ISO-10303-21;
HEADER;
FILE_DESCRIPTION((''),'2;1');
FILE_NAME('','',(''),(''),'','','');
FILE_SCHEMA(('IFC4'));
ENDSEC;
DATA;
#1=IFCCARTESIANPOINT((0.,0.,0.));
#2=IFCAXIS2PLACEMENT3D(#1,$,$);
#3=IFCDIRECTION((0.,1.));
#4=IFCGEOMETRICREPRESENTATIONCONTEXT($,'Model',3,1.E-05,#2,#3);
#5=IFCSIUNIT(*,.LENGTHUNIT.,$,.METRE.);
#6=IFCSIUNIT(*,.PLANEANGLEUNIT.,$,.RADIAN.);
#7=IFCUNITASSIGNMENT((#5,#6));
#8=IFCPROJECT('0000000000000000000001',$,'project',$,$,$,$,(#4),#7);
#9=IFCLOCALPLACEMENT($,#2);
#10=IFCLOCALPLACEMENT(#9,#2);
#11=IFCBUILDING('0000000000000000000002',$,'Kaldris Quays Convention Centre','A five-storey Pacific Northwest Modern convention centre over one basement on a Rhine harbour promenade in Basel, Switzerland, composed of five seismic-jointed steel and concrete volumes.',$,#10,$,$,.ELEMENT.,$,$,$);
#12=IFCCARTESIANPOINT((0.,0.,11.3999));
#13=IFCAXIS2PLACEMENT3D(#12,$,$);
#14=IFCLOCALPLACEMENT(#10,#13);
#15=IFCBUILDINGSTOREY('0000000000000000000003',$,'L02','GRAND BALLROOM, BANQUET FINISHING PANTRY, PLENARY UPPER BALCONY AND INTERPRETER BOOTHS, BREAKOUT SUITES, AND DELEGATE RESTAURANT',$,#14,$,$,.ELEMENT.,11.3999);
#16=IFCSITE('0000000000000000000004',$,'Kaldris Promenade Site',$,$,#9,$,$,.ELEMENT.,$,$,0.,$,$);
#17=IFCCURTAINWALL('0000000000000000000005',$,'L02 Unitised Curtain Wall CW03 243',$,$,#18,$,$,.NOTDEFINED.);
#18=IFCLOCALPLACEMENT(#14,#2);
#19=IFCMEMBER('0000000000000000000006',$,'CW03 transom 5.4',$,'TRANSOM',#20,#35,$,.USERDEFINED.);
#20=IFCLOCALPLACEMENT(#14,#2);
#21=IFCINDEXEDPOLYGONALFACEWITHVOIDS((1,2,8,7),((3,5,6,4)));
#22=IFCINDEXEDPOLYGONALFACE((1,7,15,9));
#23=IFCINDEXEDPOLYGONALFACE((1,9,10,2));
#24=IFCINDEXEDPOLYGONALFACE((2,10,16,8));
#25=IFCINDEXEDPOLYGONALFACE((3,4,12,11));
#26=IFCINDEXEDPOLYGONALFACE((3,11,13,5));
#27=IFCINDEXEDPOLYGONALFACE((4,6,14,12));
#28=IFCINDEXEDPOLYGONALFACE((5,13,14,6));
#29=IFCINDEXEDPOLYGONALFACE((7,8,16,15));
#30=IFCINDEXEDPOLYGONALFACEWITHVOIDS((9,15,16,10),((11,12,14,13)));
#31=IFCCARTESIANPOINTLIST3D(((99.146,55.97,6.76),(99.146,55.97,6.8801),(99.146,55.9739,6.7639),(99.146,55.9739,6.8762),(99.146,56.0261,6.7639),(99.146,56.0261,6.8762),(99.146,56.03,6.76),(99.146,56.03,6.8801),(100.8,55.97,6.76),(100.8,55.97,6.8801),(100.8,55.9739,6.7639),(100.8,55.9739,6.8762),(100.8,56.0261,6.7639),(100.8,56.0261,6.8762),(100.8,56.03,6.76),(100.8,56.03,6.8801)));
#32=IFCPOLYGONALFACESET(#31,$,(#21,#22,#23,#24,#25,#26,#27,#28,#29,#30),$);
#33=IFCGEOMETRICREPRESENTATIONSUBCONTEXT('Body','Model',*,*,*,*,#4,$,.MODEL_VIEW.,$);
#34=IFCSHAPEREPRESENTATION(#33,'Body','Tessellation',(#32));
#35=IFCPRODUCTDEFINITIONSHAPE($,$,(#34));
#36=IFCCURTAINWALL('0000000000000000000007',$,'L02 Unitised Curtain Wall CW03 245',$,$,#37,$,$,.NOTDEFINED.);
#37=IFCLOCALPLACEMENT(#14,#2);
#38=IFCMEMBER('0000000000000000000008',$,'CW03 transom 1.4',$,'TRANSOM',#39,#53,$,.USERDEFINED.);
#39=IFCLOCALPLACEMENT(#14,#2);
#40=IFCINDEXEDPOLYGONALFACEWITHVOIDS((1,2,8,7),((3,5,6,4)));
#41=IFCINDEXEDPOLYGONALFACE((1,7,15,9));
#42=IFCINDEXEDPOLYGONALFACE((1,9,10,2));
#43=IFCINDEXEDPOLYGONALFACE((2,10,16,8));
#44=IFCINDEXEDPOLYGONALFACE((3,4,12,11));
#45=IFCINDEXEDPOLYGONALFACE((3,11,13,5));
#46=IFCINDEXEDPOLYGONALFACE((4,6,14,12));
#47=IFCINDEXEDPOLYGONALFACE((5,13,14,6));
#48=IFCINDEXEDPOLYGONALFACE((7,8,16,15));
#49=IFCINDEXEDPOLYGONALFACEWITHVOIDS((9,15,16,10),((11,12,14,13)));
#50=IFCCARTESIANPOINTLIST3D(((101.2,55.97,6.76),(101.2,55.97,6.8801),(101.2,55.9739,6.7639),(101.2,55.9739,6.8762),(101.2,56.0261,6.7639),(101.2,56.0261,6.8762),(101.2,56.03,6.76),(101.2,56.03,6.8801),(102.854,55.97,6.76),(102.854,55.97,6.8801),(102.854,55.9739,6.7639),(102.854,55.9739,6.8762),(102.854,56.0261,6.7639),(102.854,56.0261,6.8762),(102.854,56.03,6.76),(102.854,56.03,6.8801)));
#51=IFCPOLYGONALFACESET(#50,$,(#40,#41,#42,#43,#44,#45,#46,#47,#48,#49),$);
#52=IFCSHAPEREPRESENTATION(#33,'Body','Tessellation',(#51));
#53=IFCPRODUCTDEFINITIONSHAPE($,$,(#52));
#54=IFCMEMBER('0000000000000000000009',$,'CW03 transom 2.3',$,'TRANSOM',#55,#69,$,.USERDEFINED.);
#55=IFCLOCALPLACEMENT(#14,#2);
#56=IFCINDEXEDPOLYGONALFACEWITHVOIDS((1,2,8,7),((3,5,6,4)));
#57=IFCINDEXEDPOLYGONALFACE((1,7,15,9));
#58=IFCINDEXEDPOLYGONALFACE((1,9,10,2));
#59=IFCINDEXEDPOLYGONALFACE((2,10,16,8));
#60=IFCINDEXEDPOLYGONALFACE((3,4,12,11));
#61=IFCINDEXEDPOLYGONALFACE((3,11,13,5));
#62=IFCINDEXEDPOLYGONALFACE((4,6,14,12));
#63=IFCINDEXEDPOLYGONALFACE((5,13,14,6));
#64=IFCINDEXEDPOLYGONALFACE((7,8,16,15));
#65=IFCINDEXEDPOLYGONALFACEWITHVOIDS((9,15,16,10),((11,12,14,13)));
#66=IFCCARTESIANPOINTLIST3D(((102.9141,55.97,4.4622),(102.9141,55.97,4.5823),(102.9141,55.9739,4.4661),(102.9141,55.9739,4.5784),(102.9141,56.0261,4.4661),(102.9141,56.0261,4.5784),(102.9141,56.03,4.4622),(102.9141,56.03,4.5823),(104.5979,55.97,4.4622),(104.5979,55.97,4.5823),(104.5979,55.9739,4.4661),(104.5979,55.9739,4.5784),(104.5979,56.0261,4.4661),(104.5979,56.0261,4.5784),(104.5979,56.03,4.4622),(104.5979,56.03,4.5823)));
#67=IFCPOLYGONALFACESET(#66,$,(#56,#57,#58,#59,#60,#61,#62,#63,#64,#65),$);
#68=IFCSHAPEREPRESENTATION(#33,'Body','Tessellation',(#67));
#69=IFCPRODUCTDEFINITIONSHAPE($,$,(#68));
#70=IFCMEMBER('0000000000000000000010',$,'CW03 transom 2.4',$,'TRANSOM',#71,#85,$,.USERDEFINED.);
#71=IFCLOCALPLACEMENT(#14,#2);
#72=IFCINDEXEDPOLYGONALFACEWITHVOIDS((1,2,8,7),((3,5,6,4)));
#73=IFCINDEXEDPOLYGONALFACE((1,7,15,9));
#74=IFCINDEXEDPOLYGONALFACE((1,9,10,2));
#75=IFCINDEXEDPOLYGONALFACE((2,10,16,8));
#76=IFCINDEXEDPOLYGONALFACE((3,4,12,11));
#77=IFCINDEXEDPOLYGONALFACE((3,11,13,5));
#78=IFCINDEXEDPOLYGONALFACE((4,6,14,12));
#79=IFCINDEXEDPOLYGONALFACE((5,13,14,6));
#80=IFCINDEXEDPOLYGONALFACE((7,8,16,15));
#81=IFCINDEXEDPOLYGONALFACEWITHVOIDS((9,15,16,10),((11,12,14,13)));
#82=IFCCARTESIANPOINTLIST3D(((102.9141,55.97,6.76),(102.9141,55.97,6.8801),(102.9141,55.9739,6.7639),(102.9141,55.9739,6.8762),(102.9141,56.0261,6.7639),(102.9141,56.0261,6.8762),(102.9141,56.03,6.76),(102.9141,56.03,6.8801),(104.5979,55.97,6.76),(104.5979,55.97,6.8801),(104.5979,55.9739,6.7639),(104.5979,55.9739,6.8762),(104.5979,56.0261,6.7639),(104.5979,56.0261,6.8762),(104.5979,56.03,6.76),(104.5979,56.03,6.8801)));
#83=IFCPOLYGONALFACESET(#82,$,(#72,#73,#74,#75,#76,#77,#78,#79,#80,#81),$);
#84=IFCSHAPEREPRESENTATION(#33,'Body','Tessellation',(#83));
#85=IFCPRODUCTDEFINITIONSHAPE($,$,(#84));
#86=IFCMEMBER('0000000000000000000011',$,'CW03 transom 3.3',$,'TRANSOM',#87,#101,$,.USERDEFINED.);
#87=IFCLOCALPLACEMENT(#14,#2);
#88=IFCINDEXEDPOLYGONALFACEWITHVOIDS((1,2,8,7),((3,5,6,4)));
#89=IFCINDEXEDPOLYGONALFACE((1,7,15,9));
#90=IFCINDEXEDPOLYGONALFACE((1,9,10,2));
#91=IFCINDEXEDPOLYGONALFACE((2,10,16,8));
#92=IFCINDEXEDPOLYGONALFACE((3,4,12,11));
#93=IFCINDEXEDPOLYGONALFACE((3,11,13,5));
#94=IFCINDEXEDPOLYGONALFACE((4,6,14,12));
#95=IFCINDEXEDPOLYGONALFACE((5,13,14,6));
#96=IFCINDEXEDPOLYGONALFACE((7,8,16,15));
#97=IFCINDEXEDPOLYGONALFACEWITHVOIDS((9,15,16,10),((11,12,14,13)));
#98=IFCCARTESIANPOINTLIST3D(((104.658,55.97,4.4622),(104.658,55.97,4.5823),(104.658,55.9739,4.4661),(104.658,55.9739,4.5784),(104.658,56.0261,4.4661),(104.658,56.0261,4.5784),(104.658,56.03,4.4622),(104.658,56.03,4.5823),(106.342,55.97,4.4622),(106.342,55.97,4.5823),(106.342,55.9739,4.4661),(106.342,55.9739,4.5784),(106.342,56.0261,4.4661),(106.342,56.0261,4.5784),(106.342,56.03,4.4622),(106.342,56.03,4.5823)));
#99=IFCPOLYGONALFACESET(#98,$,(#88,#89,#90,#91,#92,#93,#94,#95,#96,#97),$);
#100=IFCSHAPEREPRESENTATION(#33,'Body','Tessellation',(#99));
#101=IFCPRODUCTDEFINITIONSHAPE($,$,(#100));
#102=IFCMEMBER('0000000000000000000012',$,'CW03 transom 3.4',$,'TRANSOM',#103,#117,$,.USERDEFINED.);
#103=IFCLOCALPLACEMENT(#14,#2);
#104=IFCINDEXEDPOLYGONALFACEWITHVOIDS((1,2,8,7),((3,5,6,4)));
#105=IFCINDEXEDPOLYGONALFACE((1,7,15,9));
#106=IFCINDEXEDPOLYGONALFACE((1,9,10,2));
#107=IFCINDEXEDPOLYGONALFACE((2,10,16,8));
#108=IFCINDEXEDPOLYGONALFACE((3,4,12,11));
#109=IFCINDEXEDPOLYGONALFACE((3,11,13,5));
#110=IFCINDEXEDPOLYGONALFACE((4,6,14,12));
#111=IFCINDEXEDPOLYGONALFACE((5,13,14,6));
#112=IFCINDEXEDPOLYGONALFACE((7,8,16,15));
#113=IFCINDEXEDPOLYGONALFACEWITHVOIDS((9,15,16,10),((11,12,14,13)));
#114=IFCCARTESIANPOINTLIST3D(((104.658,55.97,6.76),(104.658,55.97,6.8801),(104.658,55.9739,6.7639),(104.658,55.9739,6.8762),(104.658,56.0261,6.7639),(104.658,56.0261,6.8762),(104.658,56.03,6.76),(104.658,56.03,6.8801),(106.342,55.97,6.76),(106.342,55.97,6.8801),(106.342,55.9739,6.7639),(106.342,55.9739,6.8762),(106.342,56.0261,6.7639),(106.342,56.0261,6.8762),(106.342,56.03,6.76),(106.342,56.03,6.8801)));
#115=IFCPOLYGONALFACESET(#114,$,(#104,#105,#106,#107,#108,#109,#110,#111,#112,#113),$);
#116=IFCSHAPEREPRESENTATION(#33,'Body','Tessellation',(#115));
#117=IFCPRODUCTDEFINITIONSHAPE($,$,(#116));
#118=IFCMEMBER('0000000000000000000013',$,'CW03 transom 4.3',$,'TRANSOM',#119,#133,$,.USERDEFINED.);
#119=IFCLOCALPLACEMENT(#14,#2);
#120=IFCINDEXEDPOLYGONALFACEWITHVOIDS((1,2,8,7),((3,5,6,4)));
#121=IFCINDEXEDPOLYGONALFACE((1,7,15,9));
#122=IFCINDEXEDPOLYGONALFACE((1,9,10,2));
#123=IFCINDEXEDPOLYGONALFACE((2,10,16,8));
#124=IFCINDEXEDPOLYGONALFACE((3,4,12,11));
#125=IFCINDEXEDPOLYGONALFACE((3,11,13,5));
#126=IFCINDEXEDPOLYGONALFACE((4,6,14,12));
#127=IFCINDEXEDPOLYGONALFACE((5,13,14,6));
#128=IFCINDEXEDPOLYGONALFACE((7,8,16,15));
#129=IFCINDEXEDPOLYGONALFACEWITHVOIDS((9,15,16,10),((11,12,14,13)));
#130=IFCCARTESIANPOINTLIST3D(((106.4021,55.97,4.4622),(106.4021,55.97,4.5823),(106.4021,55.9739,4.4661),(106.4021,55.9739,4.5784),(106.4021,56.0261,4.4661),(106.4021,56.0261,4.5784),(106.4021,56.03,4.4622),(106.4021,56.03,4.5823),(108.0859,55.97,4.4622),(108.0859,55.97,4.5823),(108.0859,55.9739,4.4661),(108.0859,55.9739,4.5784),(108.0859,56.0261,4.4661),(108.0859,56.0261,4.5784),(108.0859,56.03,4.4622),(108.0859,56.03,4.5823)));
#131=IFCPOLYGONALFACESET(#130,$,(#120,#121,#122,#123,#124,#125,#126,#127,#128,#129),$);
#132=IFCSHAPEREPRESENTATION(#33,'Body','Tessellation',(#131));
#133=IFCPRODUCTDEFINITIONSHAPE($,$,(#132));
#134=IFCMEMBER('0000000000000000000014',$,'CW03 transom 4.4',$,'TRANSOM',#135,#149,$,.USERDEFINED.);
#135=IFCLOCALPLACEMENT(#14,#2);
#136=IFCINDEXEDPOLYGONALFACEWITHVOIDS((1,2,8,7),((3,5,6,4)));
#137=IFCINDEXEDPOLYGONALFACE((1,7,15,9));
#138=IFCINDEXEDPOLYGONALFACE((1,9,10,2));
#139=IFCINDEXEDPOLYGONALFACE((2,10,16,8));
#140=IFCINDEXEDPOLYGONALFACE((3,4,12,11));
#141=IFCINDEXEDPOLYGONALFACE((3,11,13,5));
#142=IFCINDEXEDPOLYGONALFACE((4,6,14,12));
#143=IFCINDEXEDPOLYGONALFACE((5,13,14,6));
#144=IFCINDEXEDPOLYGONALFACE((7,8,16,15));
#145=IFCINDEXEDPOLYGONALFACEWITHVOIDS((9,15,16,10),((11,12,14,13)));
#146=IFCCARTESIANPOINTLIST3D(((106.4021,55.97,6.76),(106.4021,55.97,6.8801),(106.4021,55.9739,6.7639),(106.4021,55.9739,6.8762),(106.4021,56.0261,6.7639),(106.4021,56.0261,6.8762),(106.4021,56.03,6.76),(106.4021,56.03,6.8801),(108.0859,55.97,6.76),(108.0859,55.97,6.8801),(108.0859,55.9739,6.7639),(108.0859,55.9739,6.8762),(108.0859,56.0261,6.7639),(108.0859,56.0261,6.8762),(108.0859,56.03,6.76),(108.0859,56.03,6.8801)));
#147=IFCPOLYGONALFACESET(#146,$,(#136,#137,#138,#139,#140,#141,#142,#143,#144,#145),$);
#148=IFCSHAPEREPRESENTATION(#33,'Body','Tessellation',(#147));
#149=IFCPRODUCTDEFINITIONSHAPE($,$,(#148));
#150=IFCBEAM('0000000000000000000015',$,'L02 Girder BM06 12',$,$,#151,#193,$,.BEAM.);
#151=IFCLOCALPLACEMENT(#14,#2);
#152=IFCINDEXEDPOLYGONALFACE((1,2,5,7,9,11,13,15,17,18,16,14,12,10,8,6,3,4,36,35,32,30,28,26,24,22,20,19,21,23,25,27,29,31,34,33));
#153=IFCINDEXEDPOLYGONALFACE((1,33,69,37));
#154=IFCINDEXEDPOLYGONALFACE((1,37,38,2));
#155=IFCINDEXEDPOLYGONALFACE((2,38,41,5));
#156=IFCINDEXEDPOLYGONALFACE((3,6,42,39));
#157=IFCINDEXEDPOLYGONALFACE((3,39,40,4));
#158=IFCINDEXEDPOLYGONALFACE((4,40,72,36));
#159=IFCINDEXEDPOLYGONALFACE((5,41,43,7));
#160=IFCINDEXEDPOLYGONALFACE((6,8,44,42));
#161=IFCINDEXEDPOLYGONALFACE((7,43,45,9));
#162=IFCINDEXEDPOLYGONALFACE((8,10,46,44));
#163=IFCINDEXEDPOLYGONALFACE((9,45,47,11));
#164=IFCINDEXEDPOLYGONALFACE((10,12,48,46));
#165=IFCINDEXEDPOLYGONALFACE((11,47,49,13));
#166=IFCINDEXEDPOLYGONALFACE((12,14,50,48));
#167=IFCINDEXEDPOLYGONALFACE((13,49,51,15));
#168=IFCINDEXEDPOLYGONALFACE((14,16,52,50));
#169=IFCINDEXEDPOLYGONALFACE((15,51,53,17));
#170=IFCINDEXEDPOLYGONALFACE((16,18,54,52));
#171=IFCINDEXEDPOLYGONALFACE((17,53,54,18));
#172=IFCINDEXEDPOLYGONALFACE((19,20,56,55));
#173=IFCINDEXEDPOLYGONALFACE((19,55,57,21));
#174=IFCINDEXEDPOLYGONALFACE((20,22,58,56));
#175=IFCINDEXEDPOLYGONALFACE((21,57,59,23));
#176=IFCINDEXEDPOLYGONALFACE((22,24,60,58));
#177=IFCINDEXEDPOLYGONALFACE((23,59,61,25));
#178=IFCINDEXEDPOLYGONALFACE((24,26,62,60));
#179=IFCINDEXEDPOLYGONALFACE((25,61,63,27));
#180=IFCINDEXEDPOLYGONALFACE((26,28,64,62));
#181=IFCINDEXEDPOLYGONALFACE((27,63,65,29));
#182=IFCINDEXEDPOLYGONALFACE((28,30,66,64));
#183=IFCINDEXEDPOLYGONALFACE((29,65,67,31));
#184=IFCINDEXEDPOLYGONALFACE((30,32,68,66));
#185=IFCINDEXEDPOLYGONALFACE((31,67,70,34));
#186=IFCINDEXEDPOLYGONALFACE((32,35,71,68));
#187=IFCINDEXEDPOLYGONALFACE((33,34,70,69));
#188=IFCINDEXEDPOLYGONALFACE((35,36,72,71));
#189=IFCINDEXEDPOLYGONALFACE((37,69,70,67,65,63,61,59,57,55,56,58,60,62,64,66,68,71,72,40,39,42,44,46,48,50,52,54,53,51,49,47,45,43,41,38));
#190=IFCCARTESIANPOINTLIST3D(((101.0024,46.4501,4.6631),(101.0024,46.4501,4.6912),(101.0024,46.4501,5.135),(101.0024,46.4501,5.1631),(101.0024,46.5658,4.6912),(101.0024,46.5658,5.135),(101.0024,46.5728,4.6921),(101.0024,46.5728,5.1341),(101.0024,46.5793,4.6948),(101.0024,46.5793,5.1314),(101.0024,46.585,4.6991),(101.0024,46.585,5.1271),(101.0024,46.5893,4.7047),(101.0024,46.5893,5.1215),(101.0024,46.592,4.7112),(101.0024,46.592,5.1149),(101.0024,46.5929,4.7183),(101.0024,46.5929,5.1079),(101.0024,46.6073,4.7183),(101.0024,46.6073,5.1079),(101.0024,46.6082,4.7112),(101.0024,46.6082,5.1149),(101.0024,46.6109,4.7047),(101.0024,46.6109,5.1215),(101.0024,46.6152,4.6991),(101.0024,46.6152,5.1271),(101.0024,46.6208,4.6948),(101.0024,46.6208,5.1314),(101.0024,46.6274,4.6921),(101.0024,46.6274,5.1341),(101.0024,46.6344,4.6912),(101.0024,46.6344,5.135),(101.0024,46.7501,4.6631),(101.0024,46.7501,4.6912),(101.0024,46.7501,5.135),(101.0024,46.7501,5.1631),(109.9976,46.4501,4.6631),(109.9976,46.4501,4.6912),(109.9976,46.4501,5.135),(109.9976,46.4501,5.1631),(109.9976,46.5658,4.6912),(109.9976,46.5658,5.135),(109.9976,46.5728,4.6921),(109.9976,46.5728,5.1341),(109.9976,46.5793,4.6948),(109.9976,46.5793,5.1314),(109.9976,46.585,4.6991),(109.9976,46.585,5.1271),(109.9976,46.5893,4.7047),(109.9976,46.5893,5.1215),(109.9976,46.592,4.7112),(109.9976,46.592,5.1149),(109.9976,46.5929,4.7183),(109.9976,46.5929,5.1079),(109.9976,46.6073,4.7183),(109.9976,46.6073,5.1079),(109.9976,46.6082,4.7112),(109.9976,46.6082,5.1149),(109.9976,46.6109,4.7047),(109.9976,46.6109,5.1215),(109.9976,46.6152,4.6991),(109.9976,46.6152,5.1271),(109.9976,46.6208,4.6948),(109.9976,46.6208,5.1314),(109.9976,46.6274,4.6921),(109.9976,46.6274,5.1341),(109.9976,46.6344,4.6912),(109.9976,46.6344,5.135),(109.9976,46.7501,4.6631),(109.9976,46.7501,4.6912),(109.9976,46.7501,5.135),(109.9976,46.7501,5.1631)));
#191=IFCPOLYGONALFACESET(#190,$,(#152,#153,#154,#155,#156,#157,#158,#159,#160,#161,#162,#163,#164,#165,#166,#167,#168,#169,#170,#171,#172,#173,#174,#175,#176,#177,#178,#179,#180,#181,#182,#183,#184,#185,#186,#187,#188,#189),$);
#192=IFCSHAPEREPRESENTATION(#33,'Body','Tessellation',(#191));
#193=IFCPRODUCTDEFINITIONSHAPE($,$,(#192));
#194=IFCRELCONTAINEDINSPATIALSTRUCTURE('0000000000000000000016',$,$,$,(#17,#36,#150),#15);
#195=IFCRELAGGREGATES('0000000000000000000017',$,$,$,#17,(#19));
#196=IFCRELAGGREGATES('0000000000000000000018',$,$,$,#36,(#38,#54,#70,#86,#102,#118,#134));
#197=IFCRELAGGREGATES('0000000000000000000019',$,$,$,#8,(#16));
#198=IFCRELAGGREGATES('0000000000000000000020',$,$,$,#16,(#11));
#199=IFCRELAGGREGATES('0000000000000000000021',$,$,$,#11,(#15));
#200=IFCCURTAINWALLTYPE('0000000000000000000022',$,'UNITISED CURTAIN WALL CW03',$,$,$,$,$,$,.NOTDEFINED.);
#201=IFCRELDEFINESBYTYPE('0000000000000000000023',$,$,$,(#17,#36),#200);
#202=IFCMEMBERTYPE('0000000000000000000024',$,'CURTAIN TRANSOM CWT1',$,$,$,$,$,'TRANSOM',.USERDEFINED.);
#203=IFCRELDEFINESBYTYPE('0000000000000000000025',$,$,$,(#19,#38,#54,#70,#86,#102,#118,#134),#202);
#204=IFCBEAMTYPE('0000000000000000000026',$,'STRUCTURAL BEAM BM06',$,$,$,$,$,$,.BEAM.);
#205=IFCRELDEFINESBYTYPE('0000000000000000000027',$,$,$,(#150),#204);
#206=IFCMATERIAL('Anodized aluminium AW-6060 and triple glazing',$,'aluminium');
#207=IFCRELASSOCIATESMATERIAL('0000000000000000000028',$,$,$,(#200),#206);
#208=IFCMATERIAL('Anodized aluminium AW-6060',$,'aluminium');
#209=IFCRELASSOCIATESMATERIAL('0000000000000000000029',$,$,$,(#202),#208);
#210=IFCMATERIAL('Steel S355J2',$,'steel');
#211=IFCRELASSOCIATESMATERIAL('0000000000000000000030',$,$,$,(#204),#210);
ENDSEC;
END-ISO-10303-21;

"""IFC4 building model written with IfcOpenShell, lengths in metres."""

from ifc_helpers import new_model, si_unit, direction, frame, origin, origin_2d, place, context, subcontext, project, spatial, hollow_rectangle, i_section, extrude, material, material_profile, profile_set, type_object, element, aggregate, save


model = new_model("IFC4")

# Units and contexts
model_context = context("Model", 3, precision=1e-05, world=origin(), true_north=direction((0.0, 1.0)))
body_context = subcontext(model_context, "Body", "Model", "MODEL_VIEW")
ifc_project = project(units=[si_unit("LENGTHUNIT", "METRE"), si_unit("PLANEANGLEUNIT", "RADIAN")], contexts=[model_context])

# Site, building, storey
site_placement = place(None, origin())
site = spatial("IfcSite", under=ifc_project, at=site_placement, Name="Kaldris Promenade Site", CompositionType="ELEMENT", RefElevation=0.0)
building_placement = place(site_placement, origin())
building = spatial("IfcBuilding", under=site, at=building_placement, Name="Kaldris Quays Convention Centre", Description="A five-storey Pacific Northwest Modern convention centre over one basement on a Rhine harbour promenade in Basel, Switzerland, composed of five seismic-jointed steel and concrete volumes.", CompositionType="ELEMENT")
storey_placement = place(building_placement, frame((0.0, 0.0, 11.3999)))
storey = spatial("IfcBuildingStorey", under=building, at=storey_placement, Name="L02", Description="GRAND BALLROOM, BANQUET FINISHING PANTRY, PLENARY UPPER BALCONY AND INTERPRETER BOOTHS, BREAKOUT SUITES, AND DELEGATE RESTAURANT", CompositionType="ELEMENT", Elevation=11.3999)

# Curtain wall, member
ifc_material_1 = material(Name="Anodized aluminium AW-6060 and triple glazing", Category="aluminium")
curtain_wall_type = type_object("IfcCurtainWallType", Name="UNITISED CURTAIN WALL CW03", PredefinedType="NOTDEFINED", material=ifc_material_1)
curtain_wall_1_placement = place(storey_placement, origin())
curtain_wall_1 = element("IfcCurtainWall", 1, at=curtain_wall_1_placement, inside=storey, type_object=curtain_wall_type, Name="L02 Unitised Curtain Wall CW03 243", PredefinedType="NOTDEFINED")
ifc_material_2 = material(Name="Anodized aluminium AW-6060", Category="aluminium")
ifc_material_profile_1 = material_profile(ifc_material_2, hollow_rectangle(XDim=0.0601, YDim=0.1201, WallThickness=0.0039, at=origin_2d()), Name="RHS 120x60x4")
ifc_profile_set_1 = profile_set([ifc_material_profile_1], Name="Anodized aluminium AW-6060")
member_type_1 = type_object("IfcMemberType", Name="CURTAIN TRANSOM CWT1", ElementType="TRANSOM", PredefinedType="USERDEFINED", material=ifc_profile_set_1)
member_1_placement = place(storey_placement, frame((99.146, 56.0, 6.8201), z_axis=(1.0, 0.0, 0.0), x_axis=(0.0, 1.0, 0.0)))
member_1 = element("IfcMember", 2, at=member_1_placement, type_object=member_type_1, Name="CW03 transom 5.4", ObjectType="TRANSOM", PredefinedType="USERDEFINED", context=body_context, shape_type="SweptSolid", body=[
    extrude(hollow_rectangle(XDim=0.0601, YDim=0.1201, WallThickness=0.0039, at=origin_2d()), origin(), (0.0, 0.0, 1.0), 1.6541),
])

# Curtain wall, members
curtain_wall_2_placement = place(storey_placement, origin())
curtain_wall_2 = element("IfcCurtainWall", 3, at=curtain_wall_2_placement, inside=storey, type_object=curtain_wall_type, Name="L02 Unitised Curtain Wall CW03 245", PredefinedType="NOTDEFINED")
member_2_placement = place(storey_placement, frame((101.2, 56.0, 6.8201), z_axis=(1.0, 0.0, 0.0), x_axis=(0.0, 1.0, 0.0)))
member_2 = element("IfcMember", 4, at=member_2_placement, type_object=member_type_1, Name="CW03 transom 1.4", ObjectType="TRANSOM", PredefinedType="USERDEFINED", context=body_context, shape_type="SweptSolid", body=[
    extrude(hollow_rectangle(XDim=0.0601, YDim=0.1201, WallThickness=0.0039, at=origin_2d()), origin(), (0.0, 0.0, 1.0), 1.6541),
])
member_3_placement = place(storey_placement, frame((102.9141, 56.0, 4.5222), z_axis=(1.0, 0.0, 0.0), x_axis=(0.0, 1.0, 0.0)))
member_3 = element("IfcMember", 5, at=member_3_placement, type_object=member_type_1, Name="CW03 transom 2.3", ObjectType="TRANSOM", PredefinedType="USERDEFINED", context=body_context, shape_type="SweptSolid", body=[
    extrude(hollow_rectangle(XDim=0.0601, YDim=0.1201, WallThickness=0.0039, at=origin_2d()), origin(), (0.0, 0.0, 1.0), 1.6838),
])
member_4_placement = place(storey_placement, frame((102.9141, 56.0, 6.8201), z_axis=(1.0, 0.0, 0.0), x_axis=(0.0, 1.0, 0.0)))
member_4 = element("IfcMember", 6, at=member_4_placement, type_object=member_type_1, Name="CW03 transom 2.4", ObjectType="TRANSOM", PredefinedType="USERDEFINED", context=body_context, shape_type="SweptSolid", body=[
    extrude(hollow_rectangle(XDim=0.0601, YDim=0.1201, WallThickness=0.0039, at=origin_2d()), origin(), (0.0, 0.0, 1.0), 1.6838),
])
member_5_placement = place(storey_placement, frame((104.658, 56.0, 4.5222), z_axis=(1.0, 0.0, 0.0), x_axis=(0.0, 1.0, 0.0)))
member_5 = element("IfcMember", 7, at=member_5_placement, type_object=member_type_1, Name="CW03 transom 3.3", ObjectType="TRANSOM", PredefinedType="USERDEFINED", context=body_context, shape_type="SweptSolid", body=[
    extrude(hollow_rectangle(XDim=0.0601, YDim=0.1201, WallThickness=0.0039, at=origin_2d()), origin(), (0.0, 0.0, 1.0), 1.6841),
])
member_6_placement = place(storey_placement, frame((104.658, 56.0, 6.8201), z_axis=(1.0, 0.0, 0.0), x_axis=(0.0, 1.0, 0.0)))
member_6 = element("IfcMember", 8, at=member_6_placement, type_object=member_type_1, Name="CW03 transom 3.4", ObjectType="TRANSOM", PredefinedType="USERDEFINED", context=body_context, shape_type="SweptSolid", body=[
    extrude(hollow_rectangle(XDim=0.0601, YDim=0.1201, WallThickness=0.0039, at=origin_2d()), origin(), (0.0, 0.0, 1.0), 1.6841),
])
member_7_placement = place(storey_placement, frame((106.4021, 56.0, 4.5222), z_axis=(1.0, 0.0, 0.0), x_axis=(0.0, 1.0, 0.0)))
member_7 = element("IfcMember", 9, at=member_7_placement, type_object=member_type_1, Name="CW03 transom 4.3", ObjectType="TRANSOM", PredefinedType="USERDEFINED", context=body_context, shape_type="SweptSolid", body=[
    extrude(hollow_rectangle(XDim=0.0601, YDim=0.1201, WallThickness=0.0039, at=origin_2d()), origin(), (0.0, 0.0, 1.0), 1.6838),
])
member_8_placement = place(storey_placement, frame((106.4021, 56.0, 6.8201), z_axis=(1.0, 0.0, 0.0), x_axis=(0.0, 1.0, 0.0)))
member_8 = element("IfcMember", 10, at=member_8_placement, type_object=member_type_1, Name="CW03 transom 4.4", ObjectType="TRANSOM", PredefinedType="USERDEFINED", context=body_context, shape_type="SweptSolid", body=[
    extrude(hollow_rectangle(XDim=0.0601, YDim=0.1201, WallThickness=0.0039, at=origin_2d()), origin(), (0.0, 0.0, 1.0), 1.6838),
])

# Beam
ifc_material_3 = material(Name="Steel S355J2", Category="steel")
ifc_material_profile_2 = material_profile(ifc_material_3, i_section(OverallWidth=0.3, OverallDepth=0.5, WebThickness=0.0144, FlangeThickness=0.0281, FilletRadius=0.0271, at=origin_2d()), Name="HEB 500")
ifc_profile_set_2 = profile_set([ifc_material_profile_2], Name="Steel S355J2")
beam_type_1 = type_object("IfcBeamType", Name="STRUCTURAL BEAM BM06", PredefinedType="BEAM", material=ifc_profile_set_2)
for number, where, z_axis, x_axis, name in (
    (11, (101.0024, 46.6001, 4.9131), (1.0, 0.0, 0.0), (0.0, 1.0, 0.0), "L02 Girder BM06 12"),
):
    element("IfcBeam", number, at=place(storey_placement, frame(where, z_axis=z_axis, x_axis=x_axis)), inside=storey, type_object=beam_type_1, Name=name, PredefinedType="BEAM", context=body_context, shape_type="SweptSolid", body=[
        extrude(i_section(OverallWidth=0.3, OverallDepth=0.5, WebThickness=0.0144, FlangeThickness=0.0281, FilletRadius=0.0271, at=origin_2d()), origin(), (0.0, 0.0, 1.0), 8.9951),
    ])

aggregate(curtain_wall_1, [member_1])
aggregate(curtain_wall_2, [member_2, member_3, member_4, member_5, member_6, member_7, member_8])

save(model, "model.ifc")
